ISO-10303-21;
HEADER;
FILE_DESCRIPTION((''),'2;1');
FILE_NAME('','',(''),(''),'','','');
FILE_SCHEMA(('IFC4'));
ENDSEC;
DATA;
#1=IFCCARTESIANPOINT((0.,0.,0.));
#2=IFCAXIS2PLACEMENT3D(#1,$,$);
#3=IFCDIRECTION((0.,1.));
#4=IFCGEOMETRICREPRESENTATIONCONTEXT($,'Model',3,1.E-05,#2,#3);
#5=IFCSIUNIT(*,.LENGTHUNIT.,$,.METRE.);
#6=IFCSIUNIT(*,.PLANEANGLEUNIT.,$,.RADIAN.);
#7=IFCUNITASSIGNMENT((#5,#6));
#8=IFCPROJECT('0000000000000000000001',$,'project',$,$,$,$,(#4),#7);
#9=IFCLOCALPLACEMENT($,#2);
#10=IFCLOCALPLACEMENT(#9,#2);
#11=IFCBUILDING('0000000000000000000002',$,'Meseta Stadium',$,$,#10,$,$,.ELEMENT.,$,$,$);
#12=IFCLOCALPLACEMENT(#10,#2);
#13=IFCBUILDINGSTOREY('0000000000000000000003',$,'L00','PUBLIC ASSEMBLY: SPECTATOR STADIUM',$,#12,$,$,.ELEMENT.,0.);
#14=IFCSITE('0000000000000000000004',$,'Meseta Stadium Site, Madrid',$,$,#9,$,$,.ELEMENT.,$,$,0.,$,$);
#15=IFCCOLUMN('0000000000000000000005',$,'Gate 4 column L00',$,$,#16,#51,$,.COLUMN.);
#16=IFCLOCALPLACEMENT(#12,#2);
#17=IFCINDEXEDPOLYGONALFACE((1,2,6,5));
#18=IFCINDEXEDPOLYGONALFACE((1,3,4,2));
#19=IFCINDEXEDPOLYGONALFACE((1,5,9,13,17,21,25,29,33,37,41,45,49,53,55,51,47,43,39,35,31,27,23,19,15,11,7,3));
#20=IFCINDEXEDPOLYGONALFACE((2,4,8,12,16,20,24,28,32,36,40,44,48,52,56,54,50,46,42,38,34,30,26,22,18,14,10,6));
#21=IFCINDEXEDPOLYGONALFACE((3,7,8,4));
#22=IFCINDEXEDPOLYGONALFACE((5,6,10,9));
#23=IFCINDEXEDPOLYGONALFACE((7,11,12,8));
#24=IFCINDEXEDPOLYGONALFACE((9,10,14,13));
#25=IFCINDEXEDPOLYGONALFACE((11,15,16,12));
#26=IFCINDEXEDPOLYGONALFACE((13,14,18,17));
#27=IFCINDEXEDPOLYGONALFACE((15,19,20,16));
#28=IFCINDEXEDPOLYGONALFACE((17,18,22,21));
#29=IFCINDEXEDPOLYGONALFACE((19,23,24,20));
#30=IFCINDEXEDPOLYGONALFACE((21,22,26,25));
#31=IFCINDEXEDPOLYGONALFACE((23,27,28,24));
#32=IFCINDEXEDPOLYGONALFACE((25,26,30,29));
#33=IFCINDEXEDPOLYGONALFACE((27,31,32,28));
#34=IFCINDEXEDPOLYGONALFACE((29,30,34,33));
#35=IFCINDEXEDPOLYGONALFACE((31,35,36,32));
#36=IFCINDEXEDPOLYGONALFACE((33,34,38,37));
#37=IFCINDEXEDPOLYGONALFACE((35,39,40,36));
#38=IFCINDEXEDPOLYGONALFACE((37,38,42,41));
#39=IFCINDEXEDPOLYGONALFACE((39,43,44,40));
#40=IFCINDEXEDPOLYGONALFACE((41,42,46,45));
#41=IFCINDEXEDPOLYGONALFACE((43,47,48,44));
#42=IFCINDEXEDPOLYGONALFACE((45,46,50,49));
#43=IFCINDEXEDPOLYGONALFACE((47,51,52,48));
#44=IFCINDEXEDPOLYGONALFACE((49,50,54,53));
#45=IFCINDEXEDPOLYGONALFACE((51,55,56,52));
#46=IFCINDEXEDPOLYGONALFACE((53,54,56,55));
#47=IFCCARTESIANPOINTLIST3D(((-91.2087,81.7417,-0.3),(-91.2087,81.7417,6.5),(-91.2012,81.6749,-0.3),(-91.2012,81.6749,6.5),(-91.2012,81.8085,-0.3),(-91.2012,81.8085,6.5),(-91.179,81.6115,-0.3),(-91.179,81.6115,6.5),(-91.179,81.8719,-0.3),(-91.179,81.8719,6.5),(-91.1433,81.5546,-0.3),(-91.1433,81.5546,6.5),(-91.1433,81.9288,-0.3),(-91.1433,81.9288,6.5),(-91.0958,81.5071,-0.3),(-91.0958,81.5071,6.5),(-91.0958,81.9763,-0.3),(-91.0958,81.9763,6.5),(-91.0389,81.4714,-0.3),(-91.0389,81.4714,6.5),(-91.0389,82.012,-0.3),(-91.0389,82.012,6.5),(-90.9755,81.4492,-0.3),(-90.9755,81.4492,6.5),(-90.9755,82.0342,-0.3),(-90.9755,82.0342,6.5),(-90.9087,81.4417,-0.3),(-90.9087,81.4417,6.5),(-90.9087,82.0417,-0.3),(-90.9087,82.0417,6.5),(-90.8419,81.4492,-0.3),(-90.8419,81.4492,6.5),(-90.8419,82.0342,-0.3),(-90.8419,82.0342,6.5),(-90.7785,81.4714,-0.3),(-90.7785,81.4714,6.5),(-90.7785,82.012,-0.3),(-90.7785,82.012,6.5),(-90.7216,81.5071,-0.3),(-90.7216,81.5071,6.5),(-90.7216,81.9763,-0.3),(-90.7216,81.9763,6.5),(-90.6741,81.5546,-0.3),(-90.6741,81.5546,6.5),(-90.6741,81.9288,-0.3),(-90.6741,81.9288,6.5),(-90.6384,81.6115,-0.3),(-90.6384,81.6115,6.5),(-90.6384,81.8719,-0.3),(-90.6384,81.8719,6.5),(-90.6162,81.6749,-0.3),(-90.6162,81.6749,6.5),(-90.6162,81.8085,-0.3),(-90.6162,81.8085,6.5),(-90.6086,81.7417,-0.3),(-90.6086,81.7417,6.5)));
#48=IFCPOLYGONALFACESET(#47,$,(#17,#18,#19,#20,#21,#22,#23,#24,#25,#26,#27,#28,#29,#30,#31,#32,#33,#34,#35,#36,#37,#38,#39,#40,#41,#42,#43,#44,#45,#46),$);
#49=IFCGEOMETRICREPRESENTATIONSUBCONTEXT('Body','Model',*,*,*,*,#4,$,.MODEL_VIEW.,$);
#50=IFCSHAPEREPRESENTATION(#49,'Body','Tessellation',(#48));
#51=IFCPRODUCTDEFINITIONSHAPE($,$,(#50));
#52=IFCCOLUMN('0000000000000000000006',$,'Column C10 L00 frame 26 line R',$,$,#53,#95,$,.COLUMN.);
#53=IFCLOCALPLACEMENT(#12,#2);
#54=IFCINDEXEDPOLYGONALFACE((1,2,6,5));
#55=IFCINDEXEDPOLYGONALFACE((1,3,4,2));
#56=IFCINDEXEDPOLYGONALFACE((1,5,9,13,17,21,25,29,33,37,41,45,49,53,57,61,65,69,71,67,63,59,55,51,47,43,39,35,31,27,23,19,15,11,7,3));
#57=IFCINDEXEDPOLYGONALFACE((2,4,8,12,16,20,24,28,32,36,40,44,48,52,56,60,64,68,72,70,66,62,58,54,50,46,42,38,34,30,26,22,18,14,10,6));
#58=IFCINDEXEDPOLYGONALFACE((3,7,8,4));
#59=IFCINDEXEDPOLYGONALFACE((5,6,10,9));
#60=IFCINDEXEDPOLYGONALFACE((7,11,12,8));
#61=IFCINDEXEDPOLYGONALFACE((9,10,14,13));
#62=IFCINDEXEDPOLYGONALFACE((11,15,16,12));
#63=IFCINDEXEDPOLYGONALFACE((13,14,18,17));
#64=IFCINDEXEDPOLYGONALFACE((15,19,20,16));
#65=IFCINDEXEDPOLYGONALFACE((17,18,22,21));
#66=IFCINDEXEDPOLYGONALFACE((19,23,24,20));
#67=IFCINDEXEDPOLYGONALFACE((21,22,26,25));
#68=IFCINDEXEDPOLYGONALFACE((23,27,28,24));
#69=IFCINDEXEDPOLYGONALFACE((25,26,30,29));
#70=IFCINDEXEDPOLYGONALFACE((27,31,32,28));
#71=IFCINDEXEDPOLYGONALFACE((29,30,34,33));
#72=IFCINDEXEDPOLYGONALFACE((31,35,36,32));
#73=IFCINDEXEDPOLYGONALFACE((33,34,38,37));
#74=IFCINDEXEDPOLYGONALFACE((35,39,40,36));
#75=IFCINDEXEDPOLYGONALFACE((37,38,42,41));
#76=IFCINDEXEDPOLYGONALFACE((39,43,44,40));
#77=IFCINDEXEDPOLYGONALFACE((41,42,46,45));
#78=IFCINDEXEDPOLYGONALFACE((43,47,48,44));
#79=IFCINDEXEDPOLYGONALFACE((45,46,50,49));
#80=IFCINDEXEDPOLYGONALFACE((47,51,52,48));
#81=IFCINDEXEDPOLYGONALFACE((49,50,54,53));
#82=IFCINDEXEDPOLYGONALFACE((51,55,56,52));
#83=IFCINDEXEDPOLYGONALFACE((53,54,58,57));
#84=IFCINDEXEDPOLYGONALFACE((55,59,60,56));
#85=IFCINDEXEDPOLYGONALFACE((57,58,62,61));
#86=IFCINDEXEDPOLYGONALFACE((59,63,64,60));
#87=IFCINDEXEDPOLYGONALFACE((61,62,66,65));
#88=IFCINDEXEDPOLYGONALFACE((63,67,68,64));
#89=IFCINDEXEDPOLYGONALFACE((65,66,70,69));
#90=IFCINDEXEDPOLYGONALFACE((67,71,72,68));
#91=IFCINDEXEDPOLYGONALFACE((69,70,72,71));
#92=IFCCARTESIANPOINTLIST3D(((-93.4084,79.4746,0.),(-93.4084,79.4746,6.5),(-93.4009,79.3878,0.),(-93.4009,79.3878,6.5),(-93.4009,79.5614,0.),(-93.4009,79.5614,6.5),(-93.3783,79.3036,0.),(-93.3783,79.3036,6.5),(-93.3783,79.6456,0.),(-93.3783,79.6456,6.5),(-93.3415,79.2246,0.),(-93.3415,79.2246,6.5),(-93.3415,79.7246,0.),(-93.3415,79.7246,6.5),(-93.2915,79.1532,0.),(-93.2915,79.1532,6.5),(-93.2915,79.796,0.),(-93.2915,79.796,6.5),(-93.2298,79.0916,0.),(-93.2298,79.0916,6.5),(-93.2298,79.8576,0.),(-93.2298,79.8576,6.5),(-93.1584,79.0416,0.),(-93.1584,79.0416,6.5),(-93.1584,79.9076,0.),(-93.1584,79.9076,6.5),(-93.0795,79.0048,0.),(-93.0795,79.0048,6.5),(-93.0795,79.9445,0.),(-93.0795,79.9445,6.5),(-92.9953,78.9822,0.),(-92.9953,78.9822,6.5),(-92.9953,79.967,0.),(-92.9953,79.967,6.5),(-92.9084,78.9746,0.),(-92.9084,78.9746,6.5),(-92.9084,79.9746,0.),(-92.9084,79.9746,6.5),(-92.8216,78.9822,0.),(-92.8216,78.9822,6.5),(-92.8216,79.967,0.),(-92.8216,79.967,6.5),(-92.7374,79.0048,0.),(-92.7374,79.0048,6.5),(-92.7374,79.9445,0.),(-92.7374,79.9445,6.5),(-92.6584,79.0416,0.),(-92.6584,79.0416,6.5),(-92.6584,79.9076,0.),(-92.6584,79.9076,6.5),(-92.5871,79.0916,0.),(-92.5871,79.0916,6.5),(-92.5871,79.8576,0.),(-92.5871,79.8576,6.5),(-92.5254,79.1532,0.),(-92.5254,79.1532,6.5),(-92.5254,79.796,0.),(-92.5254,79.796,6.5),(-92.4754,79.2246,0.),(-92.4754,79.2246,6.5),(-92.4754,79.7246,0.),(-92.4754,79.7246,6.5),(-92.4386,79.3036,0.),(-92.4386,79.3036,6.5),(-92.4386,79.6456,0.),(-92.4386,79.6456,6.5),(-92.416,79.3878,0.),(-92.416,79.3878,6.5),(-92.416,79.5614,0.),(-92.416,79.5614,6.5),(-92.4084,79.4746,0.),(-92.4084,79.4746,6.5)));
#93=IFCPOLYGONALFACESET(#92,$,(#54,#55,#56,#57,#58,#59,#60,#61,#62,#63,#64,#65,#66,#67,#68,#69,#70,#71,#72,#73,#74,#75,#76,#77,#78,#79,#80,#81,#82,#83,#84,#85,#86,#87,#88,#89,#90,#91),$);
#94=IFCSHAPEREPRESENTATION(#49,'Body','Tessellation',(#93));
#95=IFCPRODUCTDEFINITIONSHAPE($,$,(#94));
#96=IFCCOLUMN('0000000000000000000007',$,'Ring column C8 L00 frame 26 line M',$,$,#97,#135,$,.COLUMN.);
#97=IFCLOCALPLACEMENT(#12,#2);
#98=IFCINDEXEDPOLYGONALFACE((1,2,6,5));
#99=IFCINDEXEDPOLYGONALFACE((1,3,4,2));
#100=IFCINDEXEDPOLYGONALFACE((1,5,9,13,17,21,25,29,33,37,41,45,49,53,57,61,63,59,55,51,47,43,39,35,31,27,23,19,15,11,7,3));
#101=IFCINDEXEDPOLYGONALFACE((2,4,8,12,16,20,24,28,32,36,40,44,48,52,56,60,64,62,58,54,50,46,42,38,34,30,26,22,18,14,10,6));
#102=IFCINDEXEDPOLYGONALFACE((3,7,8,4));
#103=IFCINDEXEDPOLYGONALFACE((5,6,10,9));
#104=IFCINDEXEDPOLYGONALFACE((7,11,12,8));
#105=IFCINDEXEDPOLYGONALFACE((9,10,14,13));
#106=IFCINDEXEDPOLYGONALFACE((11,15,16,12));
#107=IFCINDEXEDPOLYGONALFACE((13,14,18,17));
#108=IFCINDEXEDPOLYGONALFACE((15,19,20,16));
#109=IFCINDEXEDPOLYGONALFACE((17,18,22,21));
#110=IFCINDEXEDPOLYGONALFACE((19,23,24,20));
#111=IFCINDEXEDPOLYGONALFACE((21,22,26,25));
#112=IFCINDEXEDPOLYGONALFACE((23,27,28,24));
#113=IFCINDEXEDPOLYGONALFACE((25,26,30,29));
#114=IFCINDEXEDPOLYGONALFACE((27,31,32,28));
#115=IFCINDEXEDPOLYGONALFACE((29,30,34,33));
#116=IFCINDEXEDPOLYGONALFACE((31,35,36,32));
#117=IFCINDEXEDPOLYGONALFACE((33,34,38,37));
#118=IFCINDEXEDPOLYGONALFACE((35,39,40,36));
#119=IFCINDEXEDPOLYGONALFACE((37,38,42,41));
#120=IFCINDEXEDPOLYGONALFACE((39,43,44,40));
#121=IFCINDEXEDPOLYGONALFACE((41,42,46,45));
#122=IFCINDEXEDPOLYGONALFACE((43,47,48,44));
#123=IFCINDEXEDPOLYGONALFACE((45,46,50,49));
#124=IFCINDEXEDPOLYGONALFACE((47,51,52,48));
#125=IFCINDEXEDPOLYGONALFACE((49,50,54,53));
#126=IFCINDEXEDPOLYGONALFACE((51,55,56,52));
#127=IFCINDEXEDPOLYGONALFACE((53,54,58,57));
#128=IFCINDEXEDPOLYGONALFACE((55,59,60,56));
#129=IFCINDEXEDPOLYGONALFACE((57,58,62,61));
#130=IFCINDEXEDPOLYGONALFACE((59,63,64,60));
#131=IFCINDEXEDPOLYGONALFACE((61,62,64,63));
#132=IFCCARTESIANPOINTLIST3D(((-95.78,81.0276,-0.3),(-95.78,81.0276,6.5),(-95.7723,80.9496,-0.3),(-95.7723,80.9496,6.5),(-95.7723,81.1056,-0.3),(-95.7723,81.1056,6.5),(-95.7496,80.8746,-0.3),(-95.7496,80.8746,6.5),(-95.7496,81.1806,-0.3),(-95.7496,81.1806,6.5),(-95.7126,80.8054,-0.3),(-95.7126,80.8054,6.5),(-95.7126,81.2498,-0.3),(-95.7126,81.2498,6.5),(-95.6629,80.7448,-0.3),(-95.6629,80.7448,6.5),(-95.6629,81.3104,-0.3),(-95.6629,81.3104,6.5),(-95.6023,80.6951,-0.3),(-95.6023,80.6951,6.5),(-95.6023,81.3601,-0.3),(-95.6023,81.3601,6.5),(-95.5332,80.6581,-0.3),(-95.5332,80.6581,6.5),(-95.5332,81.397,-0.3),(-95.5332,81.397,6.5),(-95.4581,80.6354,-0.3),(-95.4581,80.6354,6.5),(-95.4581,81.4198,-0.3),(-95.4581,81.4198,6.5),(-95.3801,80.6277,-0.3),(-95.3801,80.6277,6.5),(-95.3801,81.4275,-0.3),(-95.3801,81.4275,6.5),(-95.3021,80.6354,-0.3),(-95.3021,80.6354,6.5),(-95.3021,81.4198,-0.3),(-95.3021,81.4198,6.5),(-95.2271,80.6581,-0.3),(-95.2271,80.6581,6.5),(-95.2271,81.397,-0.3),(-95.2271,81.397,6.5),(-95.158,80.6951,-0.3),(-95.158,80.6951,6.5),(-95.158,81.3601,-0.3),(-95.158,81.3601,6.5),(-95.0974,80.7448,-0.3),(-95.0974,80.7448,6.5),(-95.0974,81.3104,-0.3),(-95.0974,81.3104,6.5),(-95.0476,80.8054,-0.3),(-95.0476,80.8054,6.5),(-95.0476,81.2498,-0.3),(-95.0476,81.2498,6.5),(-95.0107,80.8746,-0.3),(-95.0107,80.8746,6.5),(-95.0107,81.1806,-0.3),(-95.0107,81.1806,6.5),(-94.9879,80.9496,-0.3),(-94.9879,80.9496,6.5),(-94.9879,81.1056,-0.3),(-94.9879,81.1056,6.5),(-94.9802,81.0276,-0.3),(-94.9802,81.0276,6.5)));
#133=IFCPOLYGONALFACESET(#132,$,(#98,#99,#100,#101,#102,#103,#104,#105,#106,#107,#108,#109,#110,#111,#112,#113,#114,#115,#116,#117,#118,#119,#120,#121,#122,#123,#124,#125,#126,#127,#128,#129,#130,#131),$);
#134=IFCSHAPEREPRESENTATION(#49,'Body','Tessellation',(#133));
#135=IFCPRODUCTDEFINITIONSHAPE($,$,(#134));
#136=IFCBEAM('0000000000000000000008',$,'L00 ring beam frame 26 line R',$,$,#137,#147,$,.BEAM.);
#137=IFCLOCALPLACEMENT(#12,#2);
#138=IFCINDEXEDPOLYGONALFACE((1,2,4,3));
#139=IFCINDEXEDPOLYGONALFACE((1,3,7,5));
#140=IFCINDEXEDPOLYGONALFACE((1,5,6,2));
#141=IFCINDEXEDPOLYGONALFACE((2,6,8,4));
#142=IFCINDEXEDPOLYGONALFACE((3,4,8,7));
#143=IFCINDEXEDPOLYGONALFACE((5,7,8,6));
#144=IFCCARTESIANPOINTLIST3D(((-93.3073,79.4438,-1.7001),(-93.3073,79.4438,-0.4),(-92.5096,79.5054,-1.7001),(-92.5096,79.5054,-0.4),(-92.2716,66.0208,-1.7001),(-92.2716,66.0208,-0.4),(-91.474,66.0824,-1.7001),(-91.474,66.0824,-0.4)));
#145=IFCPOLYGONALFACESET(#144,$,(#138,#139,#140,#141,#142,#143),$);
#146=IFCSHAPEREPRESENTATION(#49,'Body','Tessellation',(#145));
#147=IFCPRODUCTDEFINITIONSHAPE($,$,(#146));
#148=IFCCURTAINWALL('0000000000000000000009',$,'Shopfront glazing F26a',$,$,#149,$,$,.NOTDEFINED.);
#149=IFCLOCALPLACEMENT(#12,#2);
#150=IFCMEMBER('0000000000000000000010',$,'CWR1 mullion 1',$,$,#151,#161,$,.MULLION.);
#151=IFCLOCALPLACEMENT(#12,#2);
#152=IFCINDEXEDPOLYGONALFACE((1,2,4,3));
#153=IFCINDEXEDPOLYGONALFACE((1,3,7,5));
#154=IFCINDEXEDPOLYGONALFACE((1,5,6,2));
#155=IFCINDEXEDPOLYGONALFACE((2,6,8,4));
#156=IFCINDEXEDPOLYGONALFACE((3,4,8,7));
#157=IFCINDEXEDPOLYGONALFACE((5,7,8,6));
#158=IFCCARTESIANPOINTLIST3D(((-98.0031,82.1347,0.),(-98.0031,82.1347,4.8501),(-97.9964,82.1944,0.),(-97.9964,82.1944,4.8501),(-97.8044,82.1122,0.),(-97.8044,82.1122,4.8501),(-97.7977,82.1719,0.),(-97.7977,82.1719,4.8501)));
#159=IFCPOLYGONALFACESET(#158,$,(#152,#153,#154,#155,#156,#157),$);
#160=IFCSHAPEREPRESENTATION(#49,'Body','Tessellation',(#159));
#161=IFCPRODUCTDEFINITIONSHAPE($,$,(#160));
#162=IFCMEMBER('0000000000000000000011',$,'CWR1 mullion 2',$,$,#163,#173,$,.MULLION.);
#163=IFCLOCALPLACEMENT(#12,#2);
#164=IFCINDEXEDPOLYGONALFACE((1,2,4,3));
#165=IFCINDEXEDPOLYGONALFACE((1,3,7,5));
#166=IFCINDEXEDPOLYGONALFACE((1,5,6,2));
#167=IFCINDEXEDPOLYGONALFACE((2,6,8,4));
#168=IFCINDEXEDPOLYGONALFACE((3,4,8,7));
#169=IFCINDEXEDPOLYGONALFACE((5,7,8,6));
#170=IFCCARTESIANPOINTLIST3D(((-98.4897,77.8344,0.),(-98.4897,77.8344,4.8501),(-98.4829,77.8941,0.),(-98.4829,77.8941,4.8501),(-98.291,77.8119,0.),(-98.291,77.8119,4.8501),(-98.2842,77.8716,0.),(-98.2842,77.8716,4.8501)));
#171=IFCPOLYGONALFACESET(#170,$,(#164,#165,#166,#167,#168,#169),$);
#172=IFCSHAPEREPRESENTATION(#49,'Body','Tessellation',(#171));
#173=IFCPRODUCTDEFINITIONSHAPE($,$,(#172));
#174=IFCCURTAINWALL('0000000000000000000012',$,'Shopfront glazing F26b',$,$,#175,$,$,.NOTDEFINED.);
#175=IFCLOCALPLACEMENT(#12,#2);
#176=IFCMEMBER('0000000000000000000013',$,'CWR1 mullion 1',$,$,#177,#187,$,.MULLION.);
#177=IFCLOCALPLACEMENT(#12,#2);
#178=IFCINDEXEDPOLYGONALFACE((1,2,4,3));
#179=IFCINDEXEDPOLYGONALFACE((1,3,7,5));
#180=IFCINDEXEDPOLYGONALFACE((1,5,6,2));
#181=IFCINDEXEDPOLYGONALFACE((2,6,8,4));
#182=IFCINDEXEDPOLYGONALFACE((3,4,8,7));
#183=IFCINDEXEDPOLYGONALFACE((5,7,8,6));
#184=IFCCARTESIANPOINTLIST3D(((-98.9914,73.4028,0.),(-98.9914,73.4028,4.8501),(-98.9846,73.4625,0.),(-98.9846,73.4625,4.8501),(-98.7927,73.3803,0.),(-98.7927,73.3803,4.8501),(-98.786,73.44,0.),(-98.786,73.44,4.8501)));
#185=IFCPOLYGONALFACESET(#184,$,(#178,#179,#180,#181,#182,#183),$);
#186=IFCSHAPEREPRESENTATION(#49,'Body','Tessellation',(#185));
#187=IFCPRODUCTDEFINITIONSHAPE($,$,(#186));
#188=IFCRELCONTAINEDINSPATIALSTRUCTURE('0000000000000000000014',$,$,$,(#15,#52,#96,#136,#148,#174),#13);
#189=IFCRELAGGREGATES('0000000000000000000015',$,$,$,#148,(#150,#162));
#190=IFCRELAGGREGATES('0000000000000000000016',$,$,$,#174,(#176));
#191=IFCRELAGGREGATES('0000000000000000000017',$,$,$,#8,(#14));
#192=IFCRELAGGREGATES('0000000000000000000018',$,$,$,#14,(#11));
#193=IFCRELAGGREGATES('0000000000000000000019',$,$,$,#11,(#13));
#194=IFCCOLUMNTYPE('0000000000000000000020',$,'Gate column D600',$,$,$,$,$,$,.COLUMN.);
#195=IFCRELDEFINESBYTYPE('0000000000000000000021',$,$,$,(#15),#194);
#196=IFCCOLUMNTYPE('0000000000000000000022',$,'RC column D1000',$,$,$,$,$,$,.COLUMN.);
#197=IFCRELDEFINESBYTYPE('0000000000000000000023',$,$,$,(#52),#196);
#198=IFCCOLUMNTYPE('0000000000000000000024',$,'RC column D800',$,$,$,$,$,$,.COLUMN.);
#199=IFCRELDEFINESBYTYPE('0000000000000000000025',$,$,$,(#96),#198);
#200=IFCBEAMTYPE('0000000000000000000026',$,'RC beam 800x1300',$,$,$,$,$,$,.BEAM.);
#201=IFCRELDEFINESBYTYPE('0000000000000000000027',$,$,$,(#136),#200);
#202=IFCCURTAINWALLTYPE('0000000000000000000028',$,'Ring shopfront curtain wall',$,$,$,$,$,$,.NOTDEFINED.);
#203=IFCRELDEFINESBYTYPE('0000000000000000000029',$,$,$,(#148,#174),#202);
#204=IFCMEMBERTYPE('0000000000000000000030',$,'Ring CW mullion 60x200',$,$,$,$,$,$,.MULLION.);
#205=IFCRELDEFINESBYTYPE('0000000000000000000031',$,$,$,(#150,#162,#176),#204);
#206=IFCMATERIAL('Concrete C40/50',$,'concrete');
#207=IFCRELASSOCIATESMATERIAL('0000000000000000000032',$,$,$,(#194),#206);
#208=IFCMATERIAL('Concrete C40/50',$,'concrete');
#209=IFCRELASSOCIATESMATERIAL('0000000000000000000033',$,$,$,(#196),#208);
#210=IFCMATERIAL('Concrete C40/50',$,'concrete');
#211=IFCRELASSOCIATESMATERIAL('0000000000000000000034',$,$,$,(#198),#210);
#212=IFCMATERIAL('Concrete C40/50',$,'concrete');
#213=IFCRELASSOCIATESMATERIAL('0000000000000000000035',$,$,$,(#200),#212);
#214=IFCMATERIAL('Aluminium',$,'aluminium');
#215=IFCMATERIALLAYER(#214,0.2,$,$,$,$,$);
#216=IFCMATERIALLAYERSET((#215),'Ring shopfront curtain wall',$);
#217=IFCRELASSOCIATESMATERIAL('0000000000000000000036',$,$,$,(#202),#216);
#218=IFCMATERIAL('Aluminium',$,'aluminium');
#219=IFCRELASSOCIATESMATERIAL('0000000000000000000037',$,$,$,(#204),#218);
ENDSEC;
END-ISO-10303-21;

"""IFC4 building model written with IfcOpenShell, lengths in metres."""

from ifc_helpers import new_model, si_unit, direction, frame, origin, origin_2d, place, context, subcontext, project, spatial, rectangle, circle, extrude, material, layer, layer_set, material_profile, profile_set, type_object, element, aggregate, save


model = new_model("IFC4")

# Units and contexts
model_context = context("Model", 3, precision=1e-05, world=origin(), true_north=direction((0.0, 1.0)))
body_context = subcontext(model_context, "Body", "Model", "MODEL_VIEW")
ifc_project = project(units=[si_unit("LENGTHUNIT", "METRE"), si_unit("PLANEANGLEUNIT", "RADIAN")], contexts=[model_context])

# Site, building, storey
site_placement = place(None, origin())
site = spatial("IfcSite", under=ifc_project, at=site_placement, Name="Meseta Stadium Site, Madrid", CompositionType="ELEMENT", RefElevation=0.0)
building_placement = place(site_placement, origin())
building = spatial("IfcBuilding", under=site, at=building_placement, Name="Meseta Stadium", CompositionType="ELEMENT")
storey_placement = place(building_placement, origin())
storey = spatial("IfcBuildingStorey", under=building, at=storey_placement, Name="L00", Description="PUBLIC ASSEMBLY: SPECTATOR STADIUM", CompositionType="ELEMENT", Elevation=0.0)

# Columns
ifc_material_1 = material(Name="Concrete C40/50", Category="concrete")
ifc_material_profile_1 = material_profile(ifc_material_1, circle(Radius=0.3, at=origin_2d()), Name="RC D600")
ifc_profile_set_1 = profile_set([ifc_material_profile_1], Name="Concrete C40/50")
column_type_1 = type_object("IfcColumnType", Name="Gate column D600", PredefinedType="COLUMN", material=ifc_profile_set_1)
column_1_placement = place(storey_placement, frame((-90.9087, 81.7417, -0.3), z_axis=(0.0, 0.0, 1.0), x_axis=(1.0, 0.0, 0.0)))
element("IfcColumn", 1, at=column_1_placement, inside=storey, type_object=column_type_1, Name="Gate 4 column L00", PredefinedType="COLUMN", context=body_context, shape_type="SweptSolid", body=[
    extrude(circle(Radius=0.3, at=origin_2d()), origin(), (0.0, 0.0, 1.0), 6.8),
])
ifc_material_2 = material(Name="Concrete C40/50", Category="concrete")
ifc_material_profile_2 = material_profile(ifc_material_2, circle(Radius=0.5, at=origin_2d()), Name="RC D1000")
ifc_profile_set_2 = profile_set([ifc_material_profile_2], Name="Concrete C40/50")
column_type_2 = type_object("IfcColumnType", Name="RC column D1000", PredefinedType="COLUMN", material=ifc_profile_set_2)
column_2_placement = place(storey_placement, frame((-92.9084, 79.4746, 0.0), z_axis=(0.0, 0.0, 1.0), x_axis=(1.0, 0.0, 0.0)))
element("IfcColumn", 2, at=column_2_placement, inside=storey, type_object=column_type_2, Name="Column C10 L00 frame 26 line R", PredefinedType="COLUMN", context=body_context, shape_type="SweptSolid", body=[
    extrude(circle(Radius=0.5, at=origin_2d()), origin(), (0.0, 0.0, 1.0), 6.5),
])
ifc_material_3 = material(Name="Concrete C40/50", Category="concrete")
ifc_material_profile_3 = material_profile(ifc_material_3, circle(Radius=0.3999, at=origin_2d()), Name="RC D800")
ifc_profile_set_3 = profile_set([ifc_material_profile_3], Name="Concrete C40/50")
column_type_3 = type_object("IfcColumnType", Name="RC column D800", PredefinedType="COLUMN", material=ifc_profile_set_3)
column_3_placement = place(storey_placement, frame((-95.3801, 81.0276, -0.3), z_axis=(0.0, 0.0, 1.0), x_axis=(1.0, 0.0, 0.0)))
element("IfcColumn", 3, at=column_3_placement, inside=storey, type_object=column_type_3, Name="Ring column C8 L00 frame 26 line M", PredefinedType="COLUMN", context=body_context, shape_type="SweptSolid", body=[
    extrude(circle(Radius=0.3999, at=origin_2d()), origin(), (0.0, 0.0, 1.0), 6.8),
])

# Beam
ifc_material_4 = material(Name="Concrete C40/50", Category="concrete")
ifc_material_profile_4 = material_profile(ifc_material_4, rectangle(XDim=0.8, YDim=1.3, at=origin_2d()), Name="RC 800x1300")
ifc_profile_set_4 = profile_set([ifc_material_profile_4], Name="Concrete C40/50")
beam_type = type_object("IfcBeamType", Name="RC beam 800x1300", PredefinedType="BEAM", material=ifc_profile_set_4)
beam_placement = place(storey_placement, frame((-92.9084, 79.4746, -1.05), z_axis=(0.076925, -0.997037, 0.0), x_axis=(0.997037, 0.076925, 0.0)))
element("IfcBeam", 4, at=beam_placement, inside=storey, type_object=beam_type, Name="L00 ring beam frame 26 line R", PredefinedType="BEAM", context=body_context, shape_type="SweptSolid", body=[
    extrude(rectangle(XDim=0.8, YDim=1.3, at=origin_2d()), origin(), (0.0, 0.0, 1.0), 13.4629),
])

# Curtain wall, members
ifc_material_5 = material(Name="Aluminium", Category="aluminium")
ifc_layer_1 = layer(ifc_material_5, 0.2)
ifc_layer_set_1 = layer_set([ifc_layer_1], Name="Ring shopfront curtain wall")
curtain_wall_type = type_object("IfcCurtainWallType", Name="Ring shopfront curtain wall", PredefinedType="NOTDEFINED", material=ifc_layer_set_1)
curtain_wall_1_placement = place(storey_placement, origin())
curtain_wall_1 = element("IfcCurtainWall", 5, at=curtain_wall_1_placement, inside=storey, type_object=curtain_wall_type, Name="Shopfront glazing F26a", PredefinedType="NOTDEFINED")
ifc_material_6 = material(Name="Aluminium", Category="aluminium")
ifc_material_profile_5 = material_profile(ifc_material_6, rectangle(XDim=0.2, YDim=0.0601, at=origin_2d()), Name="CW 200x60")
ifc_profile_set_5 = profile_set([ifc_material_profile_5], Name="Aluminium")
member_type_1 = type_object("IfcMemberType", Name="Ring CW mullion 60x200", PredefinedType="MULLION", material=ifc_profile_set_5)
member_1_placement = place(storey_placement, frame((-97.9004, 82.1533, 0.0), z_axis=(0.0, 0.0, 1.0), x_axis=(0.993655, -0.112472, 0.0)))
member_1 = element("IfcMember", 6, at=member_1_placement, type_object=member_type_1, Name="CWR1 mullion 1", PredefinedType="MULLION", context=body_context, shape_type="SweptSolid", body=[
    extrude(rectangle(XDim=0.2, YDim=0.0601, at=origin_2d()), origin(), (0.0, 0.0, 1.0), 4.8501),
])
member_2_placement = place(storey_placement, frame((-98.387, 77.853, 0.0), z_axis=(0.0, 0.0, 1.0), x_axis=(0.993655, -0.112472, 0.0)))
member_2 = element("IfcMember", 7, at=member_2_placement, type_object=member_type_1, Name="CWR1 mullion 2", PredefinedType="MULLION", context=body_context, shape_type="SweptSolid", body=[
    extrude(rectangle(XDim=0.2, YDim=0.0601, at=origin_2d()), origin(), (0.0, 0.0, 1.0), 4.8501),
])

# Curtain wall, member
curtain_wall_2_placement = place(storey_placement, origin())
curtain_wall_2 = element("IfcCurtainWall", 8, at=curtain_wall_2_placement, inside=storey, type_object=curtain_wall_type, Name="Shopfront glazing F26b", PredefinedType="NOTDEFINED")
member_3_placement = place(storey_placement, frame((-98.8887, 73.4214, 0.0), z_axis=(0.0, 0.0, 1.0), x_axis=(0.993655, -0.112472, 0.0)))
member_3 = element("IfcMember", 9, at=member_3_placement, type_object=member_type_1, Name="CWR1 mullion 1", PredefinedType="MULLION", context=body_context, shape_type="SweptSolid", body=[
    extrude(rectangle(XDim=0.2, YDim=0.0601, at=origin_2d()), origin(), (0.0, 0.0, 1.0), 4.8501),
])

aggregate(curtain_wall_1, [member_1, member_2])
aggregate(curtain_wall_2, [member_3])

save(model, "model.ifc")
